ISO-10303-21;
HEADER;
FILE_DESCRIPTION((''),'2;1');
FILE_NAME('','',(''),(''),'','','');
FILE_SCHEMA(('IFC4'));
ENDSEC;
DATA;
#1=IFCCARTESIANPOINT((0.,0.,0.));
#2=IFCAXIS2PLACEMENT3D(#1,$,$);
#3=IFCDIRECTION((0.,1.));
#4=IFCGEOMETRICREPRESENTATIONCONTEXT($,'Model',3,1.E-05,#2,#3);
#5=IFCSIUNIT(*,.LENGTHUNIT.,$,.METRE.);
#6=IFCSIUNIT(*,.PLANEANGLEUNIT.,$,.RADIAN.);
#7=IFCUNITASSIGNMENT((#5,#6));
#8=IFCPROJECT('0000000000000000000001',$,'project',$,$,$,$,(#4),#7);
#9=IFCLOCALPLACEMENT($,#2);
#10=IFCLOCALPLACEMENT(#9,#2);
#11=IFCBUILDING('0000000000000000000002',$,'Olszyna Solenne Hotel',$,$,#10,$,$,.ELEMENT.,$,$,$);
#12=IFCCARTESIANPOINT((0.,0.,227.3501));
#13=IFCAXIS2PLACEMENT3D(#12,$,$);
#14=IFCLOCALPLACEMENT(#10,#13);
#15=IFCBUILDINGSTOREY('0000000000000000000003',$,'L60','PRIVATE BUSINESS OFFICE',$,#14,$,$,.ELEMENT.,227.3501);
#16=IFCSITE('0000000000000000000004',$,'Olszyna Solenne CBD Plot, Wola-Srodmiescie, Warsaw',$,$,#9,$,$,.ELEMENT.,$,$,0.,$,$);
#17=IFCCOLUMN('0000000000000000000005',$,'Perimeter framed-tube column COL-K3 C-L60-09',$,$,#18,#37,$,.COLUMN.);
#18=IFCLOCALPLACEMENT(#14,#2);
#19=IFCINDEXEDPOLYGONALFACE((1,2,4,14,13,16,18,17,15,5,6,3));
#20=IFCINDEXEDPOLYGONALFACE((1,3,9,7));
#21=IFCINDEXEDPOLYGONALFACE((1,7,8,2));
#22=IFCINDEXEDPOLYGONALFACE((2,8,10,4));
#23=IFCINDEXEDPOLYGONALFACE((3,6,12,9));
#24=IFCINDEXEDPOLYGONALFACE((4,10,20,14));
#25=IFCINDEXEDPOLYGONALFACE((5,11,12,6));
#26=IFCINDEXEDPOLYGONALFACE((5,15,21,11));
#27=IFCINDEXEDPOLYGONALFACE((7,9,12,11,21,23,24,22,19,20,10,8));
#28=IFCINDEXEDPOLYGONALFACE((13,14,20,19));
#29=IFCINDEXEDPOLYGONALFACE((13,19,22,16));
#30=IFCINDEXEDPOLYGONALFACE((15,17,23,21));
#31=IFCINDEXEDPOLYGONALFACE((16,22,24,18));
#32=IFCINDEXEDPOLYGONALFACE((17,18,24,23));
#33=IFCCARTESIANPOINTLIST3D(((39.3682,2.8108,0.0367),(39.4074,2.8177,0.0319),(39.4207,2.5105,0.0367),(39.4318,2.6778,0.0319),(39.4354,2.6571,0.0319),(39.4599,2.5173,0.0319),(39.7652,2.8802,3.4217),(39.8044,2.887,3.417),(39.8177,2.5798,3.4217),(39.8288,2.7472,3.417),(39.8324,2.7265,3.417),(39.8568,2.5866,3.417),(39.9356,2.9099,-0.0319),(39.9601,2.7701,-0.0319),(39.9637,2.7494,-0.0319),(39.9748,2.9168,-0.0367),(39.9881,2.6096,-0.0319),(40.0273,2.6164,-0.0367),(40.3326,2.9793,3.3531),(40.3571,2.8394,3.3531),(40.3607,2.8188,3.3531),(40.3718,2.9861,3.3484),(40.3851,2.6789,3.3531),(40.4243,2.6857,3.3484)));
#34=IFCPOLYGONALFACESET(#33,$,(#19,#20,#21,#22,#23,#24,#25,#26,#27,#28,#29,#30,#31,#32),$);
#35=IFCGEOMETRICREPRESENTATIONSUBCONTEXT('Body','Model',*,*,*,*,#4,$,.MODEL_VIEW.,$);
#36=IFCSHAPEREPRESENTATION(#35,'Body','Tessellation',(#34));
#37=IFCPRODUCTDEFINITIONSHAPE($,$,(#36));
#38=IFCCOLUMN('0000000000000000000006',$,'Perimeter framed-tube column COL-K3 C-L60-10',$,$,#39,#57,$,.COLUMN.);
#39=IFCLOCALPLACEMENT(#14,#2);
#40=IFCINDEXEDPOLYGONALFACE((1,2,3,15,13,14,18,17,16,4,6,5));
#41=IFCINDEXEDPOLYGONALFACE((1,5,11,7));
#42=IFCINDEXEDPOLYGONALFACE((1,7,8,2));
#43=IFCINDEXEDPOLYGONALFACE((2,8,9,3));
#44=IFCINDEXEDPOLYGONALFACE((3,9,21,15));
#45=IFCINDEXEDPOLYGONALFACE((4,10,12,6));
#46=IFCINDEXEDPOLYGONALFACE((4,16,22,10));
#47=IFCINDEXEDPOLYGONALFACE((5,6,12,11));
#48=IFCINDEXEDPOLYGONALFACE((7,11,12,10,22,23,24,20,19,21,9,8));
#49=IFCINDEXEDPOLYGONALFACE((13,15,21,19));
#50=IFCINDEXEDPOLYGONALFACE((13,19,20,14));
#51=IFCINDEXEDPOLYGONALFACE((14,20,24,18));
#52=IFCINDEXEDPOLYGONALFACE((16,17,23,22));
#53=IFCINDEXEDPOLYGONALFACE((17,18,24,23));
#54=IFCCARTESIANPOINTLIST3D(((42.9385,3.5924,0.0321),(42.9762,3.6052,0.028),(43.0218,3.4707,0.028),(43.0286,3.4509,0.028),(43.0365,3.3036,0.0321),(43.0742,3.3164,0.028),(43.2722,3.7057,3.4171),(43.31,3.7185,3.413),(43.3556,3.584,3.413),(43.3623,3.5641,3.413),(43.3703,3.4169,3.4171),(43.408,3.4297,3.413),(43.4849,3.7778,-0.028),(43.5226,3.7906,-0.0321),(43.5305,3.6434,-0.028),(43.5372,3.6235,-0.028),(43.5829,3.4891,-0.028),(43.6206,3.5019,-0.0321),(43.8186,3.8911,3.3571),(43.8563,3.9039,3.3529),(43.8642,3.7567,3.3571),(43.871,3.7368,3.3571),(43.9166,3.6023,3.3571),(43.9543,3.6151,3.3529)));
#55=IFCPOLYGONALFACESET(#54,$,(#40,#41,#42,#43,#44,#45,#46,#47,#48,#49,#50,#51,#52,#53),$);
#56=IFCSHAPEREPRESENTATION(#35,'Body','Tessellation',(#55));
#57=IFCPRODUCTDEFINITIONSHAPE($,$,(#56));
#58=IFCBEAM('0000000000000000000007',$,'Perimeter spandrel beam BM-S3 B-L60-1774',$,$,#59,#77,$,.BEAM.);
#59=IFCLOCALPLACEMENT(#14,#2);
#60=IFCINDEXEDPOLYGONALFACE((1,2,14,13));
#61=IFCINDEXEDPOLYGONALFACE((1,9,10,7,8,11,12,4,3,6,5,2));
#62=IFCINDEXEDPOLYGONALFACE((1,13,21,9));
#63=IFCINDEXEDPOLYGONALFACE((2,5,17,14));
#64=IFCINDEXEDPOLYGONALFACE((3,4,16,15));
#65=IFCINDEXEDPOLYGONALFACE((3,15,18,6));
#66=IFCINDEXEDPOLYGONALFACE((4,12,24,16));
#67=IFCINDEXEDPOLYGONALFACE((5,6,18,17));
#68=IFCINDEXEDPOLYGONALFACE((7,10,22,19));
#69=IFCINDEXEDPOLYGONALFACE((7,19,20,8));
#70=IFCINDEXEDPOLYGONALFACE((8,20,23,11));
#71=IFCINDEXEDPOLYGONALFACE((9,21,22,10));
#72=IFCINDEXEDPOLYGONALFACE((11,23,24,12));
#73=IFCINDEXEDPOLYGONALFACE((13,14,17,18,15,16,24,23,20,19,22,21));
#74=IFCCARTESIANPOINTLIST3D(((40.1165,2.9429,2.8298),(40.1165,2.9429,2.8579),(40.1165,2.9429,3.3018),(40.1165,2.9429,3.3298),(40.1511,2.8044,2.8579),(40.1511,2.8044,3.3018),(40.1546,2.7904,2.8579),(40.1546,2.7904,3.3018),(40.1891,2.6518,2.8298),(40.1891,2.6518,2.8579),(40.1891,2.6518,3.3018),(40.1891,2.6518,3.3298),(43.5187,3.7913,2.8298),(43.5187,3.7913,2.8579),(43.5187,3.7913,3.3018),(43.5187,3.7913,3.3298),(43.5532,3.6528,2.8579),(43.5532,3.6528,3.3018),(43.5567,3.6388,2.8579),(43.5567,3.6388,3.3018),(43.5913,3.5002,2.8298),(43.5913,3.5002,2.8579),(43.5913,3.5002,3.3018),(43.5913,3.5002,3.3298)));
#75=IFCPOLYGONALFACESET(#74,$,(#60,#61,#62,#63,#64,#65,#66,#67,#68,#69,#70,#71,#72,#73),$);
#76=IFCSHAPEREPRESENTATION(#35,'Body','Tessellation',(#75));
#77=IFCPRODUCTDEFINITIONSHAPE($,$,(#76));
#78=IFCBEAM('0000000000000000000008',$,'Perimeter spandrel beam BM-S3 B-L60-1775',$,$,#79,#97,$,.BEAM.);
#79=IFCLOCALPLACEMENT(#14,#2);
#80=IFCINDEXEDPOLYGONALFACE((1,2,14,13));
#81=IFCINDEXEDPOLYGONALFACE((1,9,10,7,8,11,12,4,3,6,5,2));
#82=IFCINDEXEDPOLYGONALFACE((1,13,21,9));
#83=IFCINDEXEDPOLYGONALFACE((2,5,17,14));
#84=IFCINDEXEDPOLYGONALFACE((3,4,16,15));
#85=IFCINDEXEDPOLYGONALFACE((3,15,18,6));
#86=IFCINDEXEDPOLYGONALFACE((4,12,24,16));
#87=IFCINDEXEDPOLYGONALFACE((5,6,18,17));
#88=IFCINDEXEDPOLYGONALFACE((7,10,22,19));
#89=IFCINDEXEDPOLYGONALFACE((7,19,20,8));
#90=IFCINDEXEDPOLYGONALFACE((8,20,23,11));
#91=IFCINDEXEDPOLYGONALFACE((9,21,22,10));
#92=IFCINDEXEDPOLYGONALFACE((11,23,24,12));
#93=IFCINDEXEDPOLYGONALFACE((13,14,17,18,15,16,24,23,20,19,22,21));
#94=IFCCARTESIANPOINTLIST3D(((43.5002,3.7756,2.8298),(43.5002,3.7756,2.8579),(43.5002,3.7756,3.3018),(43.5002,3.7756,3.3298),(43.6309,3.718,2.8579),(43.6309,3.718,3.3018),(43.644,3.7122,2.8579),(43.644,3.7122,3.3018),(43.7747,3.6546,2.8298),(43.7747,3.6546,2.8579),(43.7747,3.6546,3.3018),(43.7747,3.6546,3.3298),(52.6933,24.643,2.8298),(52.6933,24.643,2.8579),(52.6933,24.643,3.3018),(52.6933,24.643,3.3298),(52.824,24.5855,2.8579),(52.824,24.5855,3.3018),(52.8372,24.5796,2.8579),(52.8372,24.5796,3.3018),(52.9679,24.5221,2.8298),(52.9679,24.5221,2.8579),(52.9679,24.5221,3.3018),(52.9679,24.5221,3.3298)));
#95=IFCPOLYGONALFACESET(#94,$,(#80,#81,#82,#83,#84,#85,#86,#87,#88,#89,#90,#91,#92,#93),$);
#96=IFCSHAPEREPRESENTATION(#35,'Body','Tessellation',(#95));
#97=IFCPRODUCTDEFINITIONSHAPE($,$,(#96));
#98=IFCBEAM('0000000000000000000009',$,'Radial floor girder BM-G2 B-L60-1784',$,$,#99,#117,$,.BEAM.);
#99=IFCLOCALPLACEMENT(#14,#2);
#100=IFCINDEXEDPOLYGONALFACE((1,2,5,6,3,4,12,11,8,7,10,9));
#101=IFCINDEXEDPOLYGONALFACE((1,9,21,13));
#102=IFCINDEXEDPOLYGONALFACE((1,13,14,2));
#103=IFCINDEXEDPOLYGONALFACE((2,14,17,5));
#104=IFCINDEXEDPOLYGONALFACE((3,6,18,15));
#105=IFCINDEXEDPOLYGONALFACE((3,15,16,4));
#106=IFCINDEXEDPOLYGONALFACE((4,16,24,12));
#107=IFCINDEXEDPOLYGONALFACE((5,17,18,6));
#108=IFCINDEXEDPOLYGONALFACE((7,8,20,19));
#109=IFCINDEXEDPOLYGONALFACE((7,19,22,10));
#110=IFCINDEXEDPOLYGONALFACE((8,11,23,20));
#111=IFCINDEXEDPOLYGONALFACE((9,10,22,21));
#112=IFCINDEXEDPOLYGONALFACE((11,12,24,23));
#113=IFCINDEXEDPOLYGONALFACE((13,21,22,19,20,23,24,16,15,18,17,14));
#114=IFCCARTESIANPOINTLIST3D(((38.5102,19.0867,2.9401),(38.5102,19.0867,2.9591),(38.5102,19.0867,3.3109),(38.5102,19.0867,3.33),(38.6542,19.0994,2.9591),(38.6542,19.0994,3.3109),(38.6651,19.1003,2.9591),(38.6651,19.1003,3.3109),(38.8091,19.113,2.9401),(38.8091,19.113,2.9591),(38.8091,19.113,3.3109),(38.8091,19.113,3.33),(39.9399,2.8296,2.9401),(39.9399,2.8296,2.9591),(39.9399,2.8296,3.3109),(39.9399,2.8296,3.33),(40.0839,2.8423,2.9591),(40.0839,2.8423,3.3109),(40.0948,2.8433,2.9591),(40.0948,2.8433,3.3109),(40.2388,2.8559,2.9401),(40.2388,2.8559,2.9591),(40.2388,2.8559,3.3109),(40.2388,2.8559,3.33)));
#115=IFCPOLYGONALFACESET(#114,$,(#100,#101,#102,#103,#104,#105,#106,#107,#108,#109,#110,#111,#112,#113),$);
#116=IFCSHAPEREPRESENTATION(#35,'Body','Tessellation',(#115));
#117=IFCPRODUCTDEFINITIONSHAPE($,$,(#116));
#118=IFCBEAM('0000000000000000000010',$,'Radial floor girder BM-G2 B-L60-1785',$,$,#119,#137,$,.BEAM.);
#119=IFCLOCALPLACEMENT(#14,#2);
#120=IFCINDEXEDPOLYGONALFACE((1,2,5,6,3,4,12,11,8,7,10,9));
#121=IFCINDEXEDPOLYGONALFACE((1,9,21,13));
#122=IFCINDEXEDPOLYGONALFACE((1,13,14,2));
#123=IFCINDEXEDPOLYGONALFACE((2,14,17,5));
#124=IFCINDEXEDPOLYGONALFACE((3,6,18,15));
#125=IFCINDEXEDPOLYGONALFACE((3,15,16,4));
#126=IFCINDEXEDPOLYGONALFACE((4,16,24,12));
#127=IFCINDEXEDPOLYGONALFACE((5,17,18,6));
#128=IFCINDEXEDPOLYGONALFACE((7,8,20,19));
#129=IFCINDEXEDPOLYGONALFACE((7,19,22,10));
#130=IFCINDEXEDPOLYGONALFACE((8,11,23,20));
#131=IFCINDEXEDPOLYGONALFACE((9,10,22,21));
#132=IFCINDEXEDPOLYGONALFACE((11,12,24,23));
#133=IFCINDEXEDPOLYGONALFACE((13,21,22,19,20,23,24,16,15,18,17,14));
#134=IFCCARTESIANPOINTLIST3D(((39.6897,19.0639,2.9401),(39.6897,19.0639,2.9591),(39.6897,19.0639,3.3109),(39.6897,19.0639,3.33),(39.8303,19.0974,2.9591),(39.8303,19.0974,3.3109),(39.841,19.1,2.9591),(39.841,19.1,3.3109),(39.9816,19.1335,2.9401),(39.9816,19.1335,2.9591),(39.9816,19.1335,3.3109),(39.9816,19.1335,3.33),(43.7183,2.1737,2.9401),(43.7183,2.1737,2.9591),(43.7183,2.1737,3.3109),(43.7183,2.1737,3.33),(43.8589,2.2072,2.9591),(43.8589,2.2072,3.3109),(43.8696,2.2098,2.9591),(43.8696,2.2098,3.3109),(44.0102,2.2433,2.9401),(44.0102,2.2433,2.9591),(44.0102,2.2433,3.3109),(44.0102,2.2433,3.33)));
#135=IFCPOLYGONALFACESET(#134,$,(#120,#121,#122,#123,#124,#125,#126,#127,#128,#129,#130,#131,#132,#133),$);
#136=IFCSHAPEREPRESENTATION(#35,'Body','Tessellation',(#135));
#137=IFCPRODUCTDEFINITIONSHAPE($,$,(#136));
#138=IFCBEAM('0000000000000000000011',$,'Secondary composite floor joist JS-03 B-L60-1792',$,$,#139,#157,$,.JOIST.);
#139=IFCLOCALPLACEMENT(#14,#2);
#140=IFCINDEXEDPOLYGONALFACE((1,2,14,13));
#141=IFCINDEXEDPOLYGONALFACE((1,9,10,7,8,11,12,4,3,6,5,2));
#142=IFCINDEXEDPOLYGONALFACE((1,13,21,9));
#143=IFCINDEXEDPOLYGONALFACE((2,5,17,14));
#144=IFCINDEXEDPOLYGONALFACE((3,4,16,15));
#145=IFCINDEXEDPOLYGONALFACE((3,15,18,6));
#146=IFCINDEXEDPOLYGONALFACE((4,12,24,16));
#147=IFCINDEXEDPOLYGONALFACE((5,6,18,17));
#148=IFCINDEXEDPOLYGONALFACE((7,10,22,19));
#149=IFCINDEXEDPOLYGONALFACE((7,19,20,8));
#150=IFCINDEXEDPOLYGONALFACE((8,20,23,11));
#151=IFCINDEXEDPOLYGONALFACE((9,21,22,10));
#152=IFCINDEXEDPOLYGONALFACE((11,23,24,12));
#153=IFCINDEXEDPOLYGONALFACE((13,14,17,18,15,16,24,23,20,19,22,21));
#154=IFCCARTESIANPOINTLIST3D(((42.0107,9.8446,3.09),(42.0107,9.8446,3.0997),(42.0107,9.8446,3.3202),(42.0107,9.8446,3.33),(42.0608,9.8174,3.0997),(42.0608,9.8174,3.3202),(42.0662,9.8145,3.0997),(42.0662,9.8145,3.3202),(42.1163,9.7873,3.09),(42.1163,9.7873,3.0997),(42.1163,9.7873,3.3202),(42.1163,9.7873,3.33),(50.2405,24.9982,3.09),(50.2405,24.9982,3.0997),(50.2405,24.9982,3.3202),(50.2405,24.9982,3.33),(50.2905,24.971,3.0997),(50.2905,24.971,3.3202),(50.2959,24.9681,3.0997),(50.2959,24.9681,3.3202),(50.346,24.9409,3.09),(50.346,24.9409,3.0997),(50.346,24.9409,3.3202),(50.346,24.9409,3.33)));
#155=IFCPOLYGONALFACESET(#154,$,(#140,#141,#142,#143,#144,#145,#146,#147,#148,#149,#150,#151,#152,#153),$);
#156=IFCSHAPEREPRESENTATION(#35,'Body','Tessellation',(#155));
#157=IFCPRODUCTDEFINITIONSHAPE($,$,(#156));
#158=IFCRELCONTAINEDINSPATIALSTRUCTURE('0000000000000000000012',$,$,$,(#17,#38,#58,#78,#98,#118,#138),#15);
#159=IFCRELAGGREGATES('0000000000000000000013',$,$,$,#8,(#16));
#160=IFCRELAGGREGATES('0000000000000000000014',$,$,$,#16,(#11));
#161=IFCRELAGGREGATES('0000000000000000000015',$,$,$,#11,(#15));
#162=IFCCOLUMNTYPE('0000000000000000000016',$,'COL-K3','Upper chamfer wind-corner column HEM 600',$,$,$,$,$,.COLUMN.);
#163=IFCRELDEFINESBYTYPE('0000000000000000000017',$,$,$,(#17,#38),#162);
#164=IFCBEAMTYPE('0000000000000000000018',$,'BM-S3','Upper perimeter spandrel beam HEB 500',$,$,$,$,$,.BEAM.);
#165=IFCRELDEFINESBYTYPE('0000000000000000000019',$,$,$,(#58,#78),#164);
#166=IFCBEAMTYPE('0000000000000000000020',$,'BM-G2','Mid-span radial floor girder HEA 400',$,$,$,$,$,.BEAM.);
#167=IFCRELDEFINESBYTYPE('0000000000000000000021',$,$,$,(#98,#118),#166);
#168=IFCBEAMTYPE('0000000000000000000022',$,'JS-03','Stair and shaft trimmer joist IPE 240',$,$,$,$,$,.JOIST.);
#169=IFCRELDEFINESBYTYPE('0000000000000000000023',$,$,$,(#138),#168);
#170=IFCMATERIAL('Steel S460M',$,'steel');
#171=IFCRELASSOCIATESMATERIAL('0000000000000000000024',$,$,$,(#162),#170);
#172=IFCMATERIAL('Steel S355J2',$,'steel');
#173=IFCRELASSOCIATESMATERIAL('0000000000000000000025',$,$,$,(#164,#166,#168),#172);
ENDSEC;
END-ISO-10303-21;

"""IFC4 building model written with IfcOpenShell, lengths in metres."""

from ifc_helpers import new_model, si_unit, direction, frame, origin, origin_2d, place, context, subcontext, project, spatial, i_section, extrude, source, transform, mapped, material, material_profile, profile_set, type_object, element, save


model = new_model("IFC4")

# Units and contexts
model_context = context("Model", 3, precision=1e-05, world=origin(), true_north=direction((0.0, 1.0)))
body_context = subcontext(model_context, "Body", "Model", "MODEL_VIEW")
ifc_project = project(units=[si_unit("LENGTHUNIT", "METRE"), si_unit("PLANEANGLEUNIT", "RADIAN")], contexts=[model_context])

# Site, building, storey
site_placement = place(None, origin())
site = spatial("IfcSite", under=ifc_project, at=site_placement, Name="Olszyna Solenne CBD Plot, Wola-Srodmiescie, Warsaw", CompositionType="ELEMENT", RefElevation=0.0)
building_placement = place(site_placement, origin())
building = spatial("IfcBuilding", under=site, at=building_placement, Name="Olszyna Solenne Hotel", CompositionType="ELEMENT")
storey_placement = place(building_placement, frame((0.0, 0.0, 227.3501)))
storey = spatial("IfcBuildingStorey", under=building, at=storey_placement, Name="L60", Description="PRIVATE BUSINESS OFFICE", CompositionType="ELEMENT", Elevation=227.3501)

# Columns
ifc_material_1 = material(Name="Steel S460M", Category="steel")
ifc_material_profile_1 = material_profile(ifc_material_1, i_section(OverallWidth=0.3049, OverallDepth=0.6201, WebThickness=0.021, FlangeThickness=0.04, at=origin_2d()), Name="HEM 600", Category="load-bearing")
ifc_profile_set_1 = profile_set([ifc_material_profile_1], Name="Steel S460M")
column_type = type_object("IfcColumnType", Name="COL-K3", Description="Upper chamfer wind-corner column HEM 600", PredefinedType="COLUMN", material=ifc_profile_set_1)
shared_shape_1 = source(origin(), body_context, "Body", "SweptSolid", [
    extrude(i_section(OverallWidth=0.3049, OverallDepth=0.6201, WebThickness=0.021, FlangeThickness=0.04, at=origin_2d()), origin(), (0.0, 0.0, 1.0), 3.4089),
])
column_1_placement = place(storey_placement, frame((39.6978, 2.7136, 0.0), z_axis=(0.116451, 0.02034, 0.992988), x_axis=(-0.172057, 0.985087, 0.0)))
element("IfcColumn", 1, at=column_1_placement, inside=storey, type_object=column_type, Name="Perimeter framed-tube column COL-K3 C-L60-09", PredefinedType="COLUMN", context=body_context, shape_type="MappedRepresentation", body=[
    mapped(shared_shape_1, transform((0.0, 0.0, 0.0), x_axis=(1.0, 0.0, 0.0), y_axis=(0.0, 1.0, 0.0), z_axis=(0.0, 0.0, 1.0), scale=1.0)),
])
shared_shape_2 = source(origin(), body_context, "Body", "SweptSolid", [
    extrude(i_section(OverallWidth=0.3049, OverallDepth=0.6201, WebThickness=0.021, FlangeThickness=0.04, at=origin_2d()), origin(), (0.0, 0.0, 1.0), 3.4033),
])
column_2_placement = place(storey_placement, frame((43.2795, 3.5471, 0.0), z_axis=(0.098063, 0.033286, 0.994623), x_axis=(-0.321418, 0.946937, 0.0)))
element("IfcColumn", 2, at=column_2_placement, inside=storey, type_object=column_type, Name="Perimeter framed-tube column COL-K3 C-L60-10", PredefinedType="COLUMN", context=body_context, shape_type="MappedRepresentation", body=[
    mapped(shared_shape_2, transform((0.0, 0.0, 0.0), x_axis=(1.0, 0.0, 0.0), y_axis=(0.0, 1.0, 0.0), z_axis=(0.0, 0.0, 1.0), scale=1.0)),
])

# Beams
ifc_material_2 = material(Name="Steel S355J2", Category="steel")
ifc_material_profile_2 = material_profile(ifc_material_2, i_section(OverallWidth=0.3, OverallDepth=0.5, WebThickness=0.0144, FlangeThickness=0.0281, at=origin_2d()), Name="HEB 500", Category="load-bearing")
ifc_profile_set_2 = profile_set([ifc_material_profile_2], Name="Steel S355J2")
beam_type_1 = type_object("IfcBeamType", Name="BM-S3", Description="Upper perimeter spandrel beam HEB 500", PredefinedType="BEAM", material=ifc_profile_set_2)
shared_shape_3 = source(origin(), body_context, "Body", "SweptSolid", [
    extrude(i_section(OverallWidth=0.3, OverallDepth=0.5, WebThickness=0.0144, FlangeThickness=0.0281, at=origin_2d()), origin(), (0.0, 0.0, 1.0), 3.5063),
])
beam_1_placement = place(storey_placement, frame((40.1528, 2.7974, 3.0798), z_axis=(0.970286, 0.241962, 0.0), x_axis=(-0.241962, 0.970286, 0.0)))
element("IfcBeam", 3, at=beam_1_placement, inside=storey, type_object=beam_type_1, Name="Perimeter spandrel beam BM-S3 B-L60-1774", PredefinedType="BEAM", context=body_context, shape_type="MappedRepresentation", body=[
    mapped(shared_shape_3, transform((0.0, 0.0, 0.0), x_axis=(1.0, 0.0, 0.0), y_axis=(0.0, 1.0, 0.0), z_axis=(0.0, 0.0, 1.0), scale=1.0)),
])
shared_shape_4 = source(origin(), body_context, "Body", "SweptSolid", [
    extrude(i_section(OverallWidth=0.3, OverallDepth=0.5, WebThickness=0.0144, FlangeThickness=0.0281, at=origin_2d()), origin(), (0.0, 0.0, 1.0), 22.8027),
])
beam_2_placement = place(storey_placement, frame((43.6375, 3.7151, 3.0798), z_axis=(0.403159, 0.91513, 0.0), x_axis=(-0.91513, 0.403159, 0.0)))
element("IfcBeam", 4, at=beam_2_placement, inside=storey, type_object=beam_type_1, Name="Perimeter spandrel beam BM-S3 B-L60-1775", PredefinedType="BEAM", context=body_context, shape_type="MappedRepresentation", body=[
    mapped(shared_shape_4, transform((0.0, 0.0, 0.0), x_axis=(1.0, 0.0, 0.0), y_axis=(0.0, 1.0, 0.0), z_axis=(0.0, 0.0, 1.0), scale=1.0)),
])
ifc_material_profile_3 = material_profile(ifc_material_2, i_section(OverallWidth=0.3, OverallDepth=0.3899, WebThickness=0.011, FlangeThickness=0.019, at=origin_2d()), Name="HEA 400", Category="load-bearing")
ifc_profile_set_3 = profile_set([ifc_material_profile_3], Name="Steel S355J2")
beam_type_2 = type_object("IfcBeamType", Name="BM-G2", Description="Mid-span radial floor girder HEA 400", PredefinedType="BEAM", material=ifc_profile_set_3)
shared_shape_5 = source(origin(), body_context, "Body", "SweptSolid", [
    extrude(i_section(OverallWidth=0.3, OverallDepth=0.3899, WebThickness=0.011, FlangeThickness=0.019, at=origin_2d()), origin(), (0.0, 0.0, 1.0), 16.3198),
])
beam_3_placement = place(storey_placement, frame((40.0894, 2.8428, 3.135), z_axis=(-0.087604, 0.996155, 0.0), x_axis=(-0.996155, -0.087604, 0.0)))
element("IfcBeam", 5, at=beam_3_placement, inside=storey, type_object=beam_type_2, Name="Radial floor girder BM-G2 B-L60-1784", PredefinedType="BEAM", context=body_context, shape_type="MappedRepresentation", body=[
    mapped(shared_shape_5, transform((0.0, 0.0, 0.0), x_axis=(1.0, 0.0, 0.0), y_axis=(0.0, 1.0, 0.0), z_axis=(0.0, 0.0, 1.0), scale=1.0)),
])
shared_shape_6 = source(origin(), body_context, "Body", "SweptSolid", [
    extrude(i_section(OverallWidth=0.3, OverallDepth=0.3899, WebThickness=0.011, FlangeThickness=0.019, at=origin_2d()), origin(), (0.0, 0.0, 1.0), 17.364),
])
beam_4_placement = place(storey_placement, frame((43.8643, 2.2085, 3.135), z_axis=(-0.232008, 0.972714, 0.0), x_axis=(-0.972714, -0.232008, 0.0)))
element("IfcBeam", 6, at=beam_4_placement, inside=storey, type_object=beam_type_2, Name="Radial floor girder BM-G2 B-L60-1785", PredefinedType="BEAM", context=body_context, shape_type="MappedRepresentation", body=[
    mapped(shared_shape_6, transform((0.0, 0.0, 0.0), x_axis=(1.0, 0.0, 0.0), y_axis=(0.0, 1.0, 0.0), z_axis=(0.0, 0.0, 1.0), scale=1.0)),
])
ifc_material_profile_4 = material_profile(ifc_material_2, i_section(OverallWidth=0.1201, OverallDepth=0.24, WebThickness=0.0061, FlangeThickness=0.0098, at=origin_2d()), Name="IPE 240", Category="load-bearing")
ifc_profile_set_4 = profile_set([ifc_material_profile_4], Name="Steel S355J2")
beam_type_3 = type_object("IfcBeamType", Name="JS-03", Description="Stair and shaft trimmer joist IPE 240", PredefinedType="JOIST", material=ifc_profile_set_4)
shared_shape_7 = source(origin(), body_context, "Body", "SweptSolid", [
    extrude(i_section(OverallWidth=0.1201, OverallDepth=0.24, WebThickness=0.0061, FlangeThickness=0.0098, at=origin_2d()), origin(), (0.0, 0.0, 1.0), 17.2441),
])
beam_5_placement = place(storey_placement, frame((42.0635, 9.8159, 3.21), z_axis=(0.477249, 0.878768, 0.0), x_axis=(-0.878768, 0.477249, 0.0)))
element("IfcBeam", 7, at=beam_5_placement, inside=storey, type_object=beam_type_3, Name="Secondary composite floor joist JS-03 B-L60-1792", PredefinedType="JOIST", context=body_context, shape_type="MappedRepresentation", body=[
    mapped(shared_shape_7, transform((0.0, 0.0, 0.0), x_axis=(1.0, 0.0, 0.0), y_axis=(0.0, 1.0, 0.0), z_axis=(0.0, 0.0, 1.0), scale=1.0)),
])

save(model, "model.ifc")
